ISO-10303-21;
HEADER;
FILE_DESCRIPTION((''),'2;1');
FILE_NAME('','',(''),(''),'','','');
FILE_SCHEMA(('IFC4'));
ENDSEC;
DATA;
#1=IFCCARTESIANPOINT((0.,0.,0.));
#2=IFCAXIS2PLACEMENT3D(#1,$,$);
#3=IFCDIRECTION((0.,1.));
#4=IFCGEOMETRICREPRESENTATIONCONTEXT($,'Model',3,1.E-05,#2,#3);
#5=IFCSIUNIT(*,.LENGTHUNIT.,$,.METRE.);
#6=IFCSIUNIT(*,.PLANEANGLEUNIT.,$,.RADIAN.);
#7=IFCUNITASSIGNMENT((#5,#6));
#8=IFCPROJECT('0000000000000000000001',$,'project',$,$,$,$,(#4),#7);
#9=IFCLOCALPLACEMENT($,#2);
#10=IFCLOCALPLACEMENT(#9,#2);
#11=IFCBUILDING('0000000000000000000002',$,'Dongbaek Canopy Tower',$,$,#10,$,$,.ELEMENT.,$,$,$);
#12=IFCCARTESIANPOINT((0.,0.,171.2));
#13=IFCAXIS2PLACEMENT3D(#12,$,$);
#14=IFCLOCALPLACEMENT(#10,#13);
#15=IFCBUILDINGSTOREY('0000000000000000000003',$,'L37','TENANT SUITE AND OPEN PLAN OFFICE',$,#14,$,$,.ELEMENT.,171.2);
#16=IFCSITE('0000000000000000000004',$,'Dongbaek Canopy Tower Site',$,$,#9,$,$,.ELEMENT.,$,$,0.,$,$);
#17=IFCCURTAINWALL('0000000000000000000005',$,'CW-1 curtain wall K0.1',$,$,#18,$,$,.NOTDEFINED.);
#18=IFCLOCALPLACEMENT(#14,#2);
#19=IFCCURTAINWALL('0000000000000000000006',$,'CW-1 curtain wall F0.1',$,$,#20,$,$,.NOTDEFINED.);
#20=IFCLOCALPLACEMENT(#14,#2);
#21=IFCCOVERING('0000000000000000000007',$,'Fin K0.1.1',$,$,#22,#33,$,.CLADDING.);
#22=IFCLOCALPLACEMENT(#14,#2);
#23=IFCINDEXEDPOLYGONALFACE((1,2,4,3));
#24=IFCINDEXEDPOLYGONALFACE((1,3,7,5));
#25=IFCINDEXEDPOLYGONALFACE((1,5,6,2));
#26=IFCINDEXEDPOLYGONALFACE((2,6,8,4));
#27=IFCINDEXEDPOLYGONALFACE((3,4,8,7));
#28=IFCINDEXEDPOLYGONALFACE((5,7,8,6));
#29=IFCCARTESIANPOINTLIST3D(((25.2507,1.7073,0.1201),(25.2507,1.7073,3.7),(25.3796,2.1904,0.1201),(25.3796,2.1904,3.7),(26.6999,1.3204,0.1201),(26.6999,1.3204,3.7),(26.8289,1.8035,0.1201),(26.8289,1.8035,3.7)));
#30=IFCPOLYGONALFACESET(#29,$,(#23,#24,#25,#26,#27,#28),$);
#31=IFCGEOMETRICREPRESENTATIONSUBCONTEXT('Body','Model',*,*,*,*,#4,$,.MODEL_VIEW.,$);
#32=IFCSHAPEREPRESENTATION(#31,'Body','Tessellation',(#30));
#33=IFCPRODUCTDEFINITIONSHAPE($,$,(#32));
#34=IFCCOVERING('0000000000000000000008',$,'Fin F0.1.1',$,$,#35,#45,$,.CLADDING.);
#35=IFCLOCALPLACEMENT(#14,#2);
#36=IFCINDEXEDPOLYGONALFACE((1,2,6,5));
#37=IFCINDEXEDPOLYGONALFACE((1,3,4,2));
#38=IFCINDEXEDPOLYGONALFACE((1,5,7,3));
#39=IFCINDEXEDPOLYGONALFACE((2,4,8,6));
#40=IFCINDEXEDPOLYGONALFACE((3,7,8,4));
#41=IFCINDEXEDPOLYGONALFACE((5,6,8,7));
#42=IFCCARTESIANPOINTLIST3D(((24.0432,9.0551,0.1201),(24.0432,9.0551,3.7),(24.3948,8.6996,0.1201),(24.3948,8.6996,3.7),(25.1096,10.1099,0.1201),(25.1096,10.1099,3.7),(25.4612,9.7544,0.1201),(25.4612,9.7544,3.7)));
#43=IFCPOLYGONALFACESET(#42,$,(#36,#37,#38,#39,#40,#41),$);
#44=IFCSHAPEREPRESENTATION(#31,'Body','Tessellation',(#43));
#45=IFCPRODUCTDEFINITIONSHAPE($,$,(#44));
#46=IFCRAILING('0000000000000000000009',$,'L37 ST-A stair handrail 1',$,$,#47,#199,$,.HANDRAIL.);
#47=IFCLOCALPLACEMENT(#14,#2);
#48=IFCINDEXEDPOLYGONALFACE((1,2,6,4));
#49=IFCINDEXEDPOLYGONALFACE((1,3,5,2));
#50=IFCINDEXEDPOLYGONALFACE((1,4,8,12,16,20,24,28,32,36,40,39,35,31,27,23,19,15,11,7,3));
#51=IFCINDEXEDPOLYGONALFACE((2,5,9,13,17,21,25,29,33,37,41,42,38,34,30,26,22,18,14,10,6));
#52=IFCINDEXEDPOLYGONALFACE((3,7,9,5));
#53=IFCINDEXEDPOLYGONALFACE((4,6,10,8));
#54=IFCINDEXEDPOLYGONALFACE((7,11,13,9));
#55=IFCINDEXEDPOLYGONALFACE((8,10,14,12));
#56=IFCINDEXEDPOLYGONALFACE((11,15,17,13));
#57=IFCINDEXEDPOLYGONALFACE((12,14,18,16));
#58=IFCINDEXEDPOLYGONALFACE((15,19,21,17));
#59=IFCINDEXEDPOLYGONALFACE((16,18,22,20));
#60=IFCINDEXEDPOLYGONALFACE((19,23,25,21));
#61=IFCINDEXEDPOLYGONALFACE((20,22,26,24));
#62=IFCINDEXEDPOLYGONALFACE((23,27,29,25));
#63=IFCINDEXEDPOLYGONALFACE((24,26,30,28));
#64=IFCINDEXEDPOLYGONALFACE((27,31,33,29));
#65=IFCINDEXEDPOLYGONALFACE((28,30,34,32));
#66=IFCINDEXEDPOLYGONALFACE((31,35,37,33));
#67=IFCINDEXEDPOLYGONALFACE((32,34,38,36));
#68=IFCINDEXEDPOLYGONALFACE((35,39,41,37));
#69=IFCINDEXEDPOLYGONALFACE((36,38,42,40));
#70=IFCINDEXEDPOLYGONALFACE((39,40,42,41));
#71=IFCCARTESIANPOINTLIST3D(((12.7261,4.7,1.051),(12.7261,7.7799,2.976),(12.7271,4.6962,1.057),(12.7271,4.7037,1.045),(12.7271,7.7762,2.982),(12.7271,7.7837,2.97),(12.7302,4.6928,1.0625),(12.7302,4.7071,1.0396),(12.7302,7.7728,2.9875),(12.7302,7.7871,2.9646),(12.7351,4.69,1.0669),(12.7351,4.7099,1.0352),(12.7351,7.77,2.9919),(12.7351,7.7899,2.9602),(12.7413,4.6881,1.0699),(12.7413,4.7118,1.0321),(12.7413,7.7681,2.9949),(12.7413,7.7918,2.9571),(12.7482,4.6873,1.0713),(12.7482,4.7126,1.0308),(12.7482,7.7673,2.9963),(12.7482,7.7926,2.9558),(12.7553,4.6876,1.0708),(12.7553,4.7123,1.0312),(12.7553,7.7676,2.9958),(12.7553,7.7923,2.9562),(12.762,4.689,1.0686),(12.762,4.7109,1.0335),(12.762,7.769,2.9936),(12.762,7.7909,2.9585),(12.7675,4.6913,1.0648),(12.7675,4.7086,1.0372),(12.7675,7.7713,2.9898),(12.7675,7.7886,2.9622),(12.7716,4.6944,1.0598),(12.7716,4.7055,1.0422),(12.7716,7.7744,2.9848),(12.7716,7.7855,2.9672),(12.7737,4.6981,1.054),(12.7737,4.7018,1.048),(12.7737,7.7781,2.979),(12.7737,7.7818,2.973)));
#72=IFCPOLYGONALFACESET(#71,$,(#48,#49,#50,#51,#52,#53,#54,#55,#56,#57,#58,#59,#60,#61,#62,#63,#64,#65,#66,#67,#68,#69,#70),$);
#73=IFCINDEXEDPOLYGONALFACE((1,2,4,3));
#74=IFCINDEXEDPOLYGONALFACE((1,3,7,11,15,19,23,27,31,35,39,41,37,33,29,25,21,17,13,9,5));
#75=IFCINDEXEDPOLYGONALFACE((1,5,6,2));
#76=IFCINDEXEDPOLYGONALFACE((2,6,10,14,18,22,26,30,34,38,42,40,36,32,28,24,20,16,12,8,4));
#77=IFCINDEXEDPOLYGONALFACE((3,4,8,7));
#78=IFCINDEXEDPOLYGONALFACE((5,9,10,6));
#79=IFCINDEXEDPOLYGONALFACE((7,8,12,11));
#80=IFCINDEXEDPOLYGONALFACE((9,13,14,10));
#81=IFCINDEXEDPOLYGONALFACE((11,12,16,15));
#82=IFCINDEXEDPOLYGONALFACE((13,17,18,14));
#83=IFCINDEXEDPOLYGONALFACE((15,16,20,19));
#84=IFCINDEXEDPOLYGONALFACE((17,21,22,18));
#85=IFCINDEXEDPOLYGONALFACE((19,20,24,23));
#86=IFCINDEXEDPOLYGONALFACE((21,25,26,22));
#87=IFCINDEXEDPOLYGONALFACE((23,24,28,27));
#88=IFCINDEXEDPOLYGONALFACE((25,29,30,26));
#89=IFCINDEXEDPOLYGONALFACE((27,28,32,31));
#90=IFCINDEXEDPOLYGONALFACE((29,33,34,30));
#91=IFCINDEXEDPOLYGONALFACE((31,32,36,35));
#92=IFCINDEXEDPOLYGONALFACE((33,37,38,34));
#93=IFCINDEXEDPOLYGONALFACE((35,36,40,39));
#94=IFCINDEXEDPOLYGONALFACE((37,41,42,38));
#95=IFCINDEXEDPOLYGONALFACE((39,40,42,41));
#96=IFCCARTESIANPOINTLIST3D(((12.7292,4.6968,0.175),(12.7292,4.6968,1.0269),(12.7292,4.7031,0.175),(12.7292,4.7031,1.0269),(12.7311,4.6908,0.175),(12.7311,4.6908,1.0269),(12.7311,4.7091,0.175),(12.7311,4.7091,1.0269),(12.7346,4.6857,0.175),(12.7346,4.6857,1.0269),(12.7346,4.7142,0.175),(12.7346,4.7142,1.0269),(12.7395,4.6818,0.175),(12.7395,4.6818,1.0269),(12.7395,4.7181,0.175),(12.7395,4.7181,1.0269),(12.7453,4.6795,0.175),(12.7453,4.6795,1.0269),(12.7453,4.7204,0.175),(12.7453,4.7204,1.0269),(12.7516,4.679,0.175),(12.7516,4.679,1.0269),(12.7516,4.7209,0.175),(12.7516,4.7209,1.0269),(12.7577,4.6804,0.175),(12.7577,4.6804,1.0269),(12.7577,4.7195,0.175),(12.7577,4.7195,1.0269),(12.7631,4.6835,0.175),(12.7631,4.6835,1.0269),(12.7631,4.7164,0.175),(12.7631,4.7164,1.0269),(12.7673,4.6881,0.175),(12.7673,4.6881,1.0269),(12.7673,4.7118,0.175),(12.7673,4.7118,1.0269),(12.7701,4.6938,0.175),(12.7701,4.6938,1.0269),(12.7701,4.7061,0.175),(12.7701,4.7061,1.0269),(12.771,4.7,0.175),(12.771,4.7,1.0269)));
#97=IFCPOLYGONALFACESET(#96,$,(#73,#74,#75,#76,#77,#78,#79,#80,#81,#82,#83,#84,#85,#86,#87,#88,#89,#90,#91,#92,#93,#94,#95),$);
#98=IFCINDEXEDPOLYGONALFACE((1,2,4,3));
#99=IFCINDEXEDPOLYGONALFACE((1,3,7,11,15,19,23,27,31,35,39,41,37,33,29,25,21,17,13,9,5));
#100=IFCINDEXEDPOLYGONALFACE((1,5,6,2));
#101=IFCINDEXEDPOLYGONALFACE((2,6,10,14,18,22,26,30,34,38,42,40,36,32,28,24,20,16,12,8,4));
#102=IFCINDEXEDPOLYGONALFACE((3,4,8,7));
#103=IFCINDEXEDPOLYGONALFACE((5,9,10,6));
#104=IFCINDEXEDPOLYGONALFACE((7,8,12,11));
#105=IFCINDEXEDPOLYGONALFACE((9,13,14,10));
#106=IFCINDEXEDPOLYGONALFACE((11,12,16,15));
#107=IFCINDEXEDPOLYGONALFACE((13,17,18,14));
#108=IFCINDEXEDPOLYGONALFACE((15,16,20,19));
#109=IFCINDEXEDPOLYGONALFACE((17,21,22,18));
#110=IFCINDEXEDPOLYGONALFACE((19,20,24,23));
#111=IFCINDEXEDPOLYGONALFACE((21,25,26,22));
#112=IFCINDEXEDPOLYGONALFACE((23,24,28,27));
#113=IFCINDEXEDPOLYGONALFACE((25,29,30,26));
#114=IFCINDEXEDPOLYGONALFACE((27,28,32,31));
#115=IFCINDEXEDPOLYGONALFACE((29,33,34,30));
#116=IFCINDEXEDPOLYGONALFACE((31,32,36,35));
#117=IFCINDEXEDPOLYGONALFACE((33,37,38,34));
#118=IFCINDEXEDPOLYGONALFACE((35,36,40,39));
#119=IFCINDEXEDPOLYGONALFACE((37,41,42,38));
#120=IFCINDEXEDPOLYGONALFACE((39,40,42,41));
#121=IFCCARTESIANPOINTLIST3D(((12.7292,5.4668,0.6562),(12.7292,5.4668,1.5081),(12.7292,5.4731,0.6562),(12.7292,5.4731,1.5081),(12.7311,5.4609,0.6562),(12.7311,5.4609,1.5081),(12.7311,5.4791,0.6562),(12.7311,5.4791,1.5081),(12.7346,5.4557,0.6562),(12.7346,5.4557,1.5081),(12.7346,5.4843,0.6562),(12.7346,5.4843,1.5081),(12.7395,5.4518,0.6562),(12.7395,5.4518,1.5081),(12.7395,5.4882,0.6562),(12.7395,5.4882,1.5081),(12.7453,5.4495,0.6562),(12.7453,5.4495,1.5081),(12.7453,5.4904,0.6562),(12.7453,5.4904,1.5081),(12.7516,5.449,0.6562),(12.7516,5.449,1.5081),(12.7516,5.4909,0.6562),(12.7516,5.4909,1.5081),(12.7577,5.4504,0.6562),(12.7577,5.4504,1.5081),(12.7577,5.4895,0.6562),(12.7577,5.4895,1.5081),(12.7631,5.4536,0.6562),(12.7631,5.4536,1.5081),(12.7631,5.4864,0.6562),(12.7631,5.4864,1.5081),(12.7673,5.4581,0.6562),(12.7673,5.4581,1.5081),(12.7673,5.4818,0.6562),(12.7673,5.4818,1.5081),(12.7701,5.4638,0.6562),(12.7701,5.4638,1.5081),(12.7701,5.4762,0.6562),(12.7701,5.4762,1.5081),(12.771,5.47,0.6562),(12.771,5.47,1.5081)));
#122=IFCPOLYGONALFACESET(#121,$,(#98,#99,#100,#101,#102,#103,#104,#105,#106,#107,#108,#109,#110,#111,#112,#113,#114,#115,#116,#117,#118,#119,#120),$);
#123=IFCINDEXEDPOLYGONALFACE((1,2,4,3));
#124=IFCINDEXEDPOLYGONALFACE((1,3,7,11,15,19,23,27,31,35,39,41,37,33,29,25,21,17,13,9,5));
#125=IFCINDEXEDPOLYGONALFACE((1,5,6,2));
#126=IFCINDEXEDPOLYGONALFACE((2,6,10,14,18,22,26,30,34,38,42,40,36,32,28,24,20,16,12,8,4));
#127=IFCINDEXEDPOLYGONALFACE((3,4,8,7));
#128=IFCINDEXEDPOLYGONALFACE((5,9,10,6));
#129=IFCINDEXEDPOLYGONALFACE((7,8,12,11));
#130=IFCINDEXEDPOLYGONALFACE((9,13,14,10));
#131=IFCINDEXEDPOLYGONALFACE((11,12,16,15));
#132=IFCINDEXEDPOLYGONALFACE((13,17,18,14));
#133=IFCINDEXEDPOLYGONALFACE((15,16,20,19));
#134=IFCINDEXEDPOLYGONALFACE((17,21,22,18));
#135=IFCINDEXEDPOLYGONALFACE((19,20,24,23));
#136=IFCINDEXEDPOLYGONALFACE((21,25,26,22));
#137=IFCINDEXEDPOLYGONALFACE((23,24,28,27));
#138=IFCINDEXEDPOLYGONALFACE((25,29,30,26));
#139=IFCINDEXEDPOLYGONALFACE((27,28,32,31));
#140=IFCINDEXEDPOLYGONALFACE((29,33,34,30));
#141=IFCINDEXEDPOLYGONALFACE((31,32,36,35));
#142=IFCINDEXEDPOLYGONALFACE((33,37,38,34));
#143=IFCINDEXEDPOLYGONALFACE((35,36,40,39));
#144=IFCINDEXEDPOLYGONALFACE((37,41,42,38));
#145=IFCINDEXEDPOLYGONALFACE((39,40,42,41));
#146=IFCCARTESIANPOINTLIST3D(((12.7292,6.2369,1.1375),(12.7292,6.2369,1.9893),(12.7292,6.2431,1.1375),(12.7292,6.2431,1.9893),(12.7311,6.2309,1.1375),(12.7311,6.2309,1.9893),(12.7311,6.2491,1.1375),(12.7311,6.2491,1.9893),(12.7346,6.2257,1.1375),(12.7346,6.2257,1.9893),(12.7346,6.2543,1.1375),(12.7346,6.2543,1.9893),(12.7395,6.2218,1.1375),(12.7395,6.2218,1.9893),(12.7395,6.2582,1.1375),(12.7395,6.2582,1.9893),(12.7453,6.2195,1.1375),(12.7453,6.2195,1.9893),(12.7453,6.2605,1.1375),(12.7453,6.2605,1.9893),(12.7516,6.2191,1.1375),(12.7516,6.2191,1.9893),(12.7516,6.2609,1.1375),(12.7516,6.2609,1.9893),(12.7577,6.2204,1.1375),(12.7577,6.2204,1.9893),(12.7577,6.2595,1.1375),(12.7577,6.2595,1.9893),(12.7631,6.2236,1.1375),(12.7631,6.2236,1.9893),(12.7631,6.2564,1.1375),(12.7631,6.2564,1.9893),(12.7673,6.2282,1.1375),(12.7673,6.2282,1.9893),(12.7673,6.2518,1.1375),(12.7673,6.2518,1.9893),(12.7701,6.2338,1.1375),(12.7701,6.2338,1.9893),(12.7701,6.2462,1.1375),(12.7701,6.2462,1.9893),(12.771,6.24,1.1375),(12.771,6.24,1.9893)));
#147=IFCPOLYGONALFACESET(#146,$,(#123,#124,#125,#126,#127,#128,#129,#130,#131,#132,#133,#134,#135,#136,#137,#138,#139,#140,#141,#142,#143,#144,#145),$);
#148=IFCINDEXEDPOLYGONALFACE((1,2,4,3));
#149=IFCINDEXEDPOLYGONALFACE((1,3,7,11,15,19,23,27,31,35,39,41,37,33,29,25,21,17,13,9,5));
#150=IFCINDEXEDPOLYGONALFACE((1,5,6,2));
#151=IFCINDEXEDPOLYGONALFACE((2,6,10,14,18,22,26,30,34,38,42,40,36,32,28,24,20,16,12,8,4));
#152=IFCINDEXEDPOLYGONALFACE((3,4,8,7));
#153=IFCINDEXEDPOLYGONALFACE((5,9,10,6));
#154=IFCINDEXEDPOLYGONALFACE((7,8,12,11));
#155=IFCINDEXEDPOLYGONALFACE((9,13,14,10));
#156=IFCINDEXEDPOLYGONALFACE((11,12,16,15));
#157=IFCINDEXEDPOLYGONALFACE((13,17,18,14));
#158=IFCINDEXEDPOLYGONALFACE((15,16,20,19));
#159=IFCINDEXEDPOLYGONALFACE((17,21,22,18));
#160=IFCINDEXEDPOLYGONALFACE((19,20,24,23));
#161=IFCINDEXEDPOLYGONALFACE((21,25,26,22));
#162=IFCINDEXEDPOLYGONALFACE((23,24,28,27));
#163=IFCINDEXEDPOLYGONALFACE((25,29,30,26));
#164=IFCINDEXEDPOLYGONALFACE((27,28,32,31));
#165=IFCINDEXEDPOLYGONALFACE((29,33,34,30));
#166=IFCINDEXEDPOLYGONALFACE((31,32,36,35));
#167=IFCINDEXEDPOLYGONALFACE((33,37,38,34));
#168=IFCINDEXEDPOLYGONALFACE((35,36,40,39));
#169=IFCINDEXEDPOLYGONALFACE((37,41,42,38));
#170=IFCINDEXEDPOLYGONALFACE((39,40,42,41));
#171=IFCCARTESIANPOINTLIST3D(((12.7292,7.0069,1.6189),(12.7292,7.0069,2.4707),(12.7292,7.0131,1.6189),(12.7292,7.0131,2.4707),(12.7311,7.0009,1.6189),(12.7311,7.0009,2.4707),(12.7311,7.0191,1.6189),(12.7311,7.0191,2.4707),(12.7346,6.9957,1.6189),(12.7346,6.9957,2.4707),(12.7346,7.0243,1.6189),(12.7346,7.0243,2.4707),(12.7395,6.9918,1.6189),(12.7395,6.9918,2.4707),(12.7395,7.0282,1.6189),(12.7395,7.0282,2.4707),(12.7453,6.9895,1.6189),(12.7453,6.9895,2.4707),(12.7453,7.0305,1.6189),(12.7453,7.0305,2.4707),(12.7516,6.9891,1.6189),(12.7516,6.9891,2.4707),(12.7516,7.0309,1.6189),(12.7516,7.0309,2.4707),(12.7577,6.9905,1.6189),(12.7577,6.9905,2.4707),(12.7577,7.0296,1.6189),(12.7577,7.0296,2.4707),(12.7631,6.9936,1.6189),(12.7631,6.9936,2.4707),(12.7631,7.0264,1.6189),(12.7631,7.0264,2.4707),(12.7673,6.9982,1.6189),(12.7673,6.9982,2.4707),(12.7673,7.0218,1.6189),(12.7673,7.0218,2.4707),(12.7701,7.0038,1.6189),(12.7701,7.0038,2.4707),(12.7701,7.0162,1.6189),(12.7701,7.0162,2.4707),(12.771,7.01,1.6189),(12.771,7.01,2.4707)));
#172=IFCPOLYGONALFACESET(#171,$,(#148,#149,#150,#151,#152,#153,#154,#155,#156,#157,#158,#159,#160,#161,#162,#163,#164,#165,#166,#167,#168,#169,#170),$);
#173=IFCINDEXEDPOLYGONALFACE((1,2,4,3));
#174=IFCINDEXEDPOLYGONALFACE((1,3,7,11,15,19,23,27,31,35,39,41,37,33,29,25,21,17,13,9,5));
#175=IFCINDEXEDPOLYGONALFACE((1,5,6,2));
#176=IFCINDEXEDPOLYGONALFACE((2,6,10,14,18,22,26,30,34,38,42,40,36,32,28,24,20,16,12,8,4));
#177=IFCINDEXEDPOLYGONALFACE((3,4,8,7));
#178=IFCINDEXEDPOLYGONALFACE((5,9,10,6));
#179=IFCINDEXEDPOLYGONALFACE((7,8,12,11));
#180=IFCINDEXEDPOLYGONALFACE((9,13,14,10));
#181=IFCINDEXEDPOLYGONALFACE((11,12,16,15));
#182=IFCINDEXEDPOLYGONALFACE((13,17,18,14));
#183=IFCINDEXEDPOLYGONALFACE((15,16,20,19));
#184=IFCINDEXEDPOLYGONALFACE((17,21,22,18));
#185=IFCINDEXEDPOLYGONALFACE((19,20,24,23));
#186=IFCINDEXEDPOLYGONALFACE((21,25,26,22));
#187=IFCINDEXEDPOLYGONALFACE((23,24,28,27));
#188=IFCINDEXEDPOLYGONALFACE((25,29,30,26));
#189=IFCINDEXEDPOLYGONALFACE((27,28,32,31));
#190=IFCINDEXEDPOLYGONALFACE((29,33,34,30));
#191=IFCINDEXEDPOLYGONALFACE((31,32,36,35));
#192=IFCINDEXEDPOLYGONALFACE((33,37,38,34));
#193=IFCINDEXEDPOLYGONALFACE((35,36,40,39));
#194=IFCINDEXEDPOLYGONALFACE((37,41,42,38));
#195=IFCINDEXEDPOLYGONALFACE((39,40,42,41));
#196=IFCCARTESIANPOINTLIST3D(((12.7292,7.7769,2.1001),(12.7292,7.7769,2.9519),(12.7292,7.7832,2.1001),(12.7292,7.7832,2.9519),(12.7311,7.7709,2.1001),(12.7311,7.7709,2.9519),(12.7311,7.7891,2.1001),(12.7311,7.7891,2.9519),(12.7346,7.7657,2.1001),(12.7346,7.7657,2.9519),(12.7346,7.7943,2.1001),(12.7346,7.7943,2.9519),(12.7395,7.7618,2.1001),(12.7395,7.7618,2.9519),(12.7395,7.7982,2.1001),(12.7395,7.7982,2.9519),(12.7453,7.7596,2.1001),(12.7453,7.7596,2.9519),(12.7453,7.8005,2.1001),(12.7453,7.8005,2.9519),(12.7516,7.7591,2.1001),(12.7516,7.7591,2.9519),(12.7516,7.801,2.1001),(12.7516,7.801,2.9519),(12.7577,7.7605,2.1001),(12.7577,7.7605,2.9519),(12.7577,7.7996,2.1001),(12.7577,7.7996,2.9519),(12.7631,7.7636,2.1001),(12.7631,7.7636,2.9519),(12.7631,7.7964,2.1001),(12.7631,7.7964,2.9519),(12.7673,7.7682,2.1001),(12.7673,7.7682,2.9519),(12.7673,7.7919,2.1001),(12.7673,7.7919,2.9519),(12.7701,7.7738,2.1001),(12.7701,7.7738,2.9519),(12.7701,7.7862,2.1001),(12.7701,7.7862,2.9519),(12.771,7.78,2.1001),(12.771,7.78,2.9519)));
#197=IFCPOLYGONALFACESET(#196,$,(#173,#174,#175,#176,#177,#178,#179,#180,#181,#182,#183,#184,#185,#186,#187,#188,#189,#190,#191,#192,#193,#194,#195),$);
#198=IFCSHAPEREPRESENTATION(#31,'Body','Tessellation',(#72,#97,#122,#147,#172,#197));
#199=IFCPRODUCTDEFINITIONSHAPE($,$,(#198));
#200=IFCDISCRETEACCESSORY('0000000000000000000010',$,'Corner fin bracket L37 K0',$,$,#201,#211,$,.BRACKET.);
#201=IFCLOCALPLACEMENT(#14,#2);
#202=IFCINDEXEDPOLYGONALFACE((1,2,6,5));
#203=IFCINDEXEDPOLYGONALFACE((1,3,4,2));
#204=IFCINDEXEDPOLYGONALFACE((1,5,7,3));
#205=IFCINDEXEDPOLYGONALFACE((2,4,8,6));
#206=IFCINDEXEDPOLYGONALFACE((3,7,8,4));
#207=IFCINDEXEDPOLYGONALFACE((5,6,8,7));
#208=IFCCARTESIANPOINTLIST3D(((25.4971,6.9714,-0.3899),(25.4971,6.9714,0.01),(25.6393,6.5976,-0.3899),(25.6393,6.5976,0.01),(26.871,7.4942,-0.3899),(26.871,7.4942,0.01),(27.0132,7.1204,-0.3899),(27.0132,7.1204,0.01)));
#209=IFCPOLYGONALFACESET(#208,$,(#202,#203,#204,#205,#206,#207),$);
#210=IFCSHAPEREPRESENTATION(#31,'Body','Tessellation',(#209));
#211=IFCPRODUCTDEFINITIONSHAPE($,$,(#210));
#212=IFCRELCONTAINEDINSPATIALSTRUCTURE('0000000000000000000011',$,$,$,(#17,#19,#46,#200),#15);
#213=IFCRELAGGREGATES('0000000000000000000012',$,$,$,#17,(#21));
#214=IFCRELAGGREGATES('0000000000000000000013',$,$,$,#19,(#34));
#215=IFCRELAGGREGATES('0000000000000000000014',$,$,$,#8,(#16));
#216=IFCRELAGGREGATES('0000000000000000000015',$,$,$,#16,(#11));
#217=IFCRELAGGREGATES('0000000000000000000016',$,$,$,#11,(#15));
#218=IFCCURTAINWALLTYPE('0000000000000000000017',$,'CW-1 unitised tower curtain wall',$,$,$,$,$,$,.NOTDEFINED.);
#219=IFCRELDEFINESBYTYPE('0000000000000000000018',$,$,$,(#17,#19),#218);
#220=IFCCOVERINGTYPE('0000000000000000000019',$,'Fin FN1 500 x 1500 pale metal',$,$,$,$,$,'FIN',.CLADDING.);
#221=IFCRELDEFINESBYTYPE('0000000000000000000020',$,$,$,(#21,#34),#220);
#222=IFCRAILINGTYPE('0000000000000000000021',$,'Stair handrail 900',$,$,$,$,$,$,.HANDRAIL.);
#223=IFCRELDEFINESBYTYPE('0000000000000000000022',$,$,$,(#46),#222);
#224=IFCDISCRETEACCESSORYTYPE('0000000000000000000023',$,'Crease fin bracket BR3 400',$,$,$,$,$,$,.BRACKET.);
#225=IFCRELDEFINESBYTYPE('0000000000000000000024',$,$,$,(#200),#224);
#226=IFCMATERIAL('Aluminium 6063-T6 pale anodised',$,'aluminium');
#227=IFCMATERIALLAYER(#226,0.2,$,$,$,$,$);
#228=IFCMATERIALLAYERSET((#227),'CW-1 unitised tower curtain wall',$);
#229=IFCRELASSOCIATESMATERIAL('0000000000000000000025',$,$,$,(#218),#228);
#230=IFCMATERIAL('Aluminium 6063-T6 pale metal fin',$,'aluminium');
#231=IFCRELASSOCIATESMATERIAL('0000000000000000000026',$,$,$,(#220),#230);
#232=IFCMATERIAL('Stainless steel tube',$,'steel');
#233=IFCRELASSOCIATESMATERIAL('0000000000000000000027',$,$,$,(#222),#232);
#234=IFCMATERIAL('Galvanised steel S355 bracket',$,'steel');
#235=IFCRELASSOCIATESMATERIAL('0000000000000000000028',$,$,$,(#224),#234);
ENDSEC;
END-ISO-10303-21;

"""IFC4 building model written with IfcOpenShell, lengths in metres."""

from ifc_helpers import new_model, si_unit, direction, frame, origin, origin_2d, place, context, subcontext, project, spatial, rectangle, circle, extrude, material, layer, layer_set, material_profile, profile_set, type_object, element, aggregate, save


model = new_model("IFC4")

# Units and contexts
model_context = context("Model", 3, precision=1e-05, world=origin(), true_north=direction((0.0, 1.0)))
body_context = subcontext(model_context, "Body", "Model", "MODEL_VIEW")
ifc_project = project(units=[si_unit("LENGTHUNIT", "METRE"), si_unit("PLANEANGLEUNIT", "RADIAN")], contexts=[model_context])

# Site, building, storey
site_placement = place(None, origin())
site = spatial("IfcSite", under=ifc_project, at=site_placement, Name="Dongbaek Canopy Tower Site", CompositionType="ELEMENT", RefElevation=0.0)
building_placement = place(site_placement, origin())
building = spatial("IfcBuilding", under=site, at=building_placement, Name="Dongbaek Canopy Tower", CompositionType="ELEMENT")
storey_placement = place(building_placement, frame((0.0, 0.0, 171.2)))
storey = spatial("IfcBuildingStorey", under=building, at=storey_placement, Name="L37", Description="TENANT SUITE AND OPEN PLAN OFFICE", CompositionType="ELEMENT", Elevation=171.2)

# Curtain wall
ifc_material_1 = material(Name="Aluminium 6063-T6 pale anodised", Category="aluminium")
ifc_layer_1 = layer(ifc_material_1, 0.2)
ifc_layer_set_1 = layer_set([ifc_layer_1], Name="CW-1 unitised tower curtain wall")
curtain_wall_type = type_object("IfcCurtainWallType", Name="CW-1 unitised tower curtain wall", PredefinedType="NOTDEFINED", material=ifc_layer_set_1)
curtain_wall_1_placement = place(storey_placement, origin())
curtain_wall_1 = element("IfcCurtainWall", 1, at=curtain_wall_1_placement, inside=storey, type_object=curtain_wall_type, Name="CW-1 curtain wall K0.1", PredefinedType="NOTDEFINED")

# Curtain wall
curtain_wall_2_placement = place(storey_placement, origin())
curtain_wall_2 = element("IfcCurtainWall", 2, at=curtain_wall_2_placement, inside=storey, type_object=curtain_wall_type, Name="CW-1 curtain wall F0.1", PredefinedType="NOTDEFINED")

# Coverings
ifc_material_2 = material(Name="Aluminium 6063-T6 pale metal fin", Category="aluminium")
ifc_material_profile_1 = material_profile(ifc_material_2, rectangle(XDim=1.5, YDim=0.5, at=origin_2d()), Name="Fin FN1 500 x 1500 pale metal")
ifc_profile_set_1 = profile_set([ifc_material_profile_1], Name="Aluminium 6063-T6 pale metal fin")
covering_type_1 = type_object("IfcCoveringType", Name="Fin FN1 500 x 1500 pale metal", ElementType="FIN", PredefinedType="CLADDING", material=ifc_profile_set_1)
covering_1_placement = place(storey_placement, frame((26.0398, 1.7554, 0.1201), z_axis=(0.0, 0.0, 1.0), x_axis=(0.966167, -0.257917, 0.0)))
covering_1 = element("IfcCovering", 3, at=covering_1_placement, type_object=covering_type_1, Name="Fin K0.1.1", PredefinedType="CLADDING", context=body_context, shape_type="SweptSolid", body=[
    extrude(rectangle(XDim=1.5, YDim=0.5, at=origin_2d()), origin(), (0.0, 0.0, 1.0), 3.5798),
])
aggregate(curtain_wall_1, [covering_1])
covering_2_placement = place(storey_placement, frame((24.7522, 9.4048, 0.1201), z_axis=(0.0, 0.0, 1.0), x_axis=(0.710991, 0.703201, 0.0)))
covering_2 = element("IfcCovering", 4, at=covering_2_placement, type_object=covering_type_1, Name="Fin F0.1.1", PredefinedType="CLADDING", context=body_context, shape_type="SweptSolid", body=[
    extrude(rectangle(XDim=1.5, YDim=0.5, at=origin_2d()), origin(), (0.0, 0.0, 1.0), 3.5798),
])
aggregate(curtain_wall_2, [covering_2])

# Railing
ifc_material_3 = material(Name="Stainless steel tube", Category="steel")
railing_type = type_object("IfcRailingType", Name="Stair handrail 900", PredefinedType="HANDRAIL", material=ifc_material_3)
railing_placement = place(storey_placement, frame((12.75, 4.7, 0.175)))
element("IfcRailing", 5, at=railing_placement, inside=storey, type_object=railing_type, Name="L37 ST-A stair handrail 1", PredefinedType="HANDRAIL", context=body_context, shape_type="SweptSolid", body=[
    extrude(circle(Radius=0.0239, at=origin_2d()), frame((0.0, 0.0, 0.876), z_axis=(0.0, 0.847998, 0.529999), x_axis=(-1.0, 0.0, 0.0)), (0.0, 0.0, 1.0), 3.6321),
    extrude(circle(Radius=0.021, at=origin_2d()), origin(), (0.0, 0.0, 1.0), 0.8518),
    extrude(circle(Radius=0.021, at=origin_2d()), frame((0.0, 0.77, 0.4812)), (0.0, 0.0, 1.0), 0.8518),
    extrude(circle(Radius=0.021, at=origin_2d()), frame((0.0, 1.54, 0.9624)), (0.0, 0.0, 1.0), 0.8518),
    extrude(circle(Radius=0.021, at=origin_2d()), frame((0.0, 2.3101, 1.4438)), (0.0, 0.0, 1.0), 0.8518),
    extrude(circle(Radius=0.021, at=origin_2d()), frame((0.0, 3.0801, 1.925)), (0.0, 0.0, 1.0), 0.8518),
])

# Discrete accessory
ifc_material_4 = material(Name="Galvanised steel S355 bracket", Category="steel")
discrete_accessory_type = type_object("IfcDiscreteAccessoryType", Name="Crease fin bracket BR3 400", PredefinedType="BRACKET", material=ifc_material_4)
discrete_accessory_placement = place(storey_placement, frame((26.2551, 7.0459, -0.3899), z_axis=(0.0, 0.0, 1.0), x_axis=(0.934627, 0.355629, 0.0)))
element("IfcDiscreteAccessory", 6, at=discrete_accessory_placement, inside=storey, type_object=discrete_accessory_type, Name="Corner fin bracket L37 K0", PredefinedType="BRACKET", context=body_context, shape_type="SweptSolid", body=[
    extrude(rectangle(XDim=1.47, YDim=0.3999, at=origin_2d()), origin(), (0.0, 0.0, 1.0), 0.3999),
])

save(model, "model.ifc")
